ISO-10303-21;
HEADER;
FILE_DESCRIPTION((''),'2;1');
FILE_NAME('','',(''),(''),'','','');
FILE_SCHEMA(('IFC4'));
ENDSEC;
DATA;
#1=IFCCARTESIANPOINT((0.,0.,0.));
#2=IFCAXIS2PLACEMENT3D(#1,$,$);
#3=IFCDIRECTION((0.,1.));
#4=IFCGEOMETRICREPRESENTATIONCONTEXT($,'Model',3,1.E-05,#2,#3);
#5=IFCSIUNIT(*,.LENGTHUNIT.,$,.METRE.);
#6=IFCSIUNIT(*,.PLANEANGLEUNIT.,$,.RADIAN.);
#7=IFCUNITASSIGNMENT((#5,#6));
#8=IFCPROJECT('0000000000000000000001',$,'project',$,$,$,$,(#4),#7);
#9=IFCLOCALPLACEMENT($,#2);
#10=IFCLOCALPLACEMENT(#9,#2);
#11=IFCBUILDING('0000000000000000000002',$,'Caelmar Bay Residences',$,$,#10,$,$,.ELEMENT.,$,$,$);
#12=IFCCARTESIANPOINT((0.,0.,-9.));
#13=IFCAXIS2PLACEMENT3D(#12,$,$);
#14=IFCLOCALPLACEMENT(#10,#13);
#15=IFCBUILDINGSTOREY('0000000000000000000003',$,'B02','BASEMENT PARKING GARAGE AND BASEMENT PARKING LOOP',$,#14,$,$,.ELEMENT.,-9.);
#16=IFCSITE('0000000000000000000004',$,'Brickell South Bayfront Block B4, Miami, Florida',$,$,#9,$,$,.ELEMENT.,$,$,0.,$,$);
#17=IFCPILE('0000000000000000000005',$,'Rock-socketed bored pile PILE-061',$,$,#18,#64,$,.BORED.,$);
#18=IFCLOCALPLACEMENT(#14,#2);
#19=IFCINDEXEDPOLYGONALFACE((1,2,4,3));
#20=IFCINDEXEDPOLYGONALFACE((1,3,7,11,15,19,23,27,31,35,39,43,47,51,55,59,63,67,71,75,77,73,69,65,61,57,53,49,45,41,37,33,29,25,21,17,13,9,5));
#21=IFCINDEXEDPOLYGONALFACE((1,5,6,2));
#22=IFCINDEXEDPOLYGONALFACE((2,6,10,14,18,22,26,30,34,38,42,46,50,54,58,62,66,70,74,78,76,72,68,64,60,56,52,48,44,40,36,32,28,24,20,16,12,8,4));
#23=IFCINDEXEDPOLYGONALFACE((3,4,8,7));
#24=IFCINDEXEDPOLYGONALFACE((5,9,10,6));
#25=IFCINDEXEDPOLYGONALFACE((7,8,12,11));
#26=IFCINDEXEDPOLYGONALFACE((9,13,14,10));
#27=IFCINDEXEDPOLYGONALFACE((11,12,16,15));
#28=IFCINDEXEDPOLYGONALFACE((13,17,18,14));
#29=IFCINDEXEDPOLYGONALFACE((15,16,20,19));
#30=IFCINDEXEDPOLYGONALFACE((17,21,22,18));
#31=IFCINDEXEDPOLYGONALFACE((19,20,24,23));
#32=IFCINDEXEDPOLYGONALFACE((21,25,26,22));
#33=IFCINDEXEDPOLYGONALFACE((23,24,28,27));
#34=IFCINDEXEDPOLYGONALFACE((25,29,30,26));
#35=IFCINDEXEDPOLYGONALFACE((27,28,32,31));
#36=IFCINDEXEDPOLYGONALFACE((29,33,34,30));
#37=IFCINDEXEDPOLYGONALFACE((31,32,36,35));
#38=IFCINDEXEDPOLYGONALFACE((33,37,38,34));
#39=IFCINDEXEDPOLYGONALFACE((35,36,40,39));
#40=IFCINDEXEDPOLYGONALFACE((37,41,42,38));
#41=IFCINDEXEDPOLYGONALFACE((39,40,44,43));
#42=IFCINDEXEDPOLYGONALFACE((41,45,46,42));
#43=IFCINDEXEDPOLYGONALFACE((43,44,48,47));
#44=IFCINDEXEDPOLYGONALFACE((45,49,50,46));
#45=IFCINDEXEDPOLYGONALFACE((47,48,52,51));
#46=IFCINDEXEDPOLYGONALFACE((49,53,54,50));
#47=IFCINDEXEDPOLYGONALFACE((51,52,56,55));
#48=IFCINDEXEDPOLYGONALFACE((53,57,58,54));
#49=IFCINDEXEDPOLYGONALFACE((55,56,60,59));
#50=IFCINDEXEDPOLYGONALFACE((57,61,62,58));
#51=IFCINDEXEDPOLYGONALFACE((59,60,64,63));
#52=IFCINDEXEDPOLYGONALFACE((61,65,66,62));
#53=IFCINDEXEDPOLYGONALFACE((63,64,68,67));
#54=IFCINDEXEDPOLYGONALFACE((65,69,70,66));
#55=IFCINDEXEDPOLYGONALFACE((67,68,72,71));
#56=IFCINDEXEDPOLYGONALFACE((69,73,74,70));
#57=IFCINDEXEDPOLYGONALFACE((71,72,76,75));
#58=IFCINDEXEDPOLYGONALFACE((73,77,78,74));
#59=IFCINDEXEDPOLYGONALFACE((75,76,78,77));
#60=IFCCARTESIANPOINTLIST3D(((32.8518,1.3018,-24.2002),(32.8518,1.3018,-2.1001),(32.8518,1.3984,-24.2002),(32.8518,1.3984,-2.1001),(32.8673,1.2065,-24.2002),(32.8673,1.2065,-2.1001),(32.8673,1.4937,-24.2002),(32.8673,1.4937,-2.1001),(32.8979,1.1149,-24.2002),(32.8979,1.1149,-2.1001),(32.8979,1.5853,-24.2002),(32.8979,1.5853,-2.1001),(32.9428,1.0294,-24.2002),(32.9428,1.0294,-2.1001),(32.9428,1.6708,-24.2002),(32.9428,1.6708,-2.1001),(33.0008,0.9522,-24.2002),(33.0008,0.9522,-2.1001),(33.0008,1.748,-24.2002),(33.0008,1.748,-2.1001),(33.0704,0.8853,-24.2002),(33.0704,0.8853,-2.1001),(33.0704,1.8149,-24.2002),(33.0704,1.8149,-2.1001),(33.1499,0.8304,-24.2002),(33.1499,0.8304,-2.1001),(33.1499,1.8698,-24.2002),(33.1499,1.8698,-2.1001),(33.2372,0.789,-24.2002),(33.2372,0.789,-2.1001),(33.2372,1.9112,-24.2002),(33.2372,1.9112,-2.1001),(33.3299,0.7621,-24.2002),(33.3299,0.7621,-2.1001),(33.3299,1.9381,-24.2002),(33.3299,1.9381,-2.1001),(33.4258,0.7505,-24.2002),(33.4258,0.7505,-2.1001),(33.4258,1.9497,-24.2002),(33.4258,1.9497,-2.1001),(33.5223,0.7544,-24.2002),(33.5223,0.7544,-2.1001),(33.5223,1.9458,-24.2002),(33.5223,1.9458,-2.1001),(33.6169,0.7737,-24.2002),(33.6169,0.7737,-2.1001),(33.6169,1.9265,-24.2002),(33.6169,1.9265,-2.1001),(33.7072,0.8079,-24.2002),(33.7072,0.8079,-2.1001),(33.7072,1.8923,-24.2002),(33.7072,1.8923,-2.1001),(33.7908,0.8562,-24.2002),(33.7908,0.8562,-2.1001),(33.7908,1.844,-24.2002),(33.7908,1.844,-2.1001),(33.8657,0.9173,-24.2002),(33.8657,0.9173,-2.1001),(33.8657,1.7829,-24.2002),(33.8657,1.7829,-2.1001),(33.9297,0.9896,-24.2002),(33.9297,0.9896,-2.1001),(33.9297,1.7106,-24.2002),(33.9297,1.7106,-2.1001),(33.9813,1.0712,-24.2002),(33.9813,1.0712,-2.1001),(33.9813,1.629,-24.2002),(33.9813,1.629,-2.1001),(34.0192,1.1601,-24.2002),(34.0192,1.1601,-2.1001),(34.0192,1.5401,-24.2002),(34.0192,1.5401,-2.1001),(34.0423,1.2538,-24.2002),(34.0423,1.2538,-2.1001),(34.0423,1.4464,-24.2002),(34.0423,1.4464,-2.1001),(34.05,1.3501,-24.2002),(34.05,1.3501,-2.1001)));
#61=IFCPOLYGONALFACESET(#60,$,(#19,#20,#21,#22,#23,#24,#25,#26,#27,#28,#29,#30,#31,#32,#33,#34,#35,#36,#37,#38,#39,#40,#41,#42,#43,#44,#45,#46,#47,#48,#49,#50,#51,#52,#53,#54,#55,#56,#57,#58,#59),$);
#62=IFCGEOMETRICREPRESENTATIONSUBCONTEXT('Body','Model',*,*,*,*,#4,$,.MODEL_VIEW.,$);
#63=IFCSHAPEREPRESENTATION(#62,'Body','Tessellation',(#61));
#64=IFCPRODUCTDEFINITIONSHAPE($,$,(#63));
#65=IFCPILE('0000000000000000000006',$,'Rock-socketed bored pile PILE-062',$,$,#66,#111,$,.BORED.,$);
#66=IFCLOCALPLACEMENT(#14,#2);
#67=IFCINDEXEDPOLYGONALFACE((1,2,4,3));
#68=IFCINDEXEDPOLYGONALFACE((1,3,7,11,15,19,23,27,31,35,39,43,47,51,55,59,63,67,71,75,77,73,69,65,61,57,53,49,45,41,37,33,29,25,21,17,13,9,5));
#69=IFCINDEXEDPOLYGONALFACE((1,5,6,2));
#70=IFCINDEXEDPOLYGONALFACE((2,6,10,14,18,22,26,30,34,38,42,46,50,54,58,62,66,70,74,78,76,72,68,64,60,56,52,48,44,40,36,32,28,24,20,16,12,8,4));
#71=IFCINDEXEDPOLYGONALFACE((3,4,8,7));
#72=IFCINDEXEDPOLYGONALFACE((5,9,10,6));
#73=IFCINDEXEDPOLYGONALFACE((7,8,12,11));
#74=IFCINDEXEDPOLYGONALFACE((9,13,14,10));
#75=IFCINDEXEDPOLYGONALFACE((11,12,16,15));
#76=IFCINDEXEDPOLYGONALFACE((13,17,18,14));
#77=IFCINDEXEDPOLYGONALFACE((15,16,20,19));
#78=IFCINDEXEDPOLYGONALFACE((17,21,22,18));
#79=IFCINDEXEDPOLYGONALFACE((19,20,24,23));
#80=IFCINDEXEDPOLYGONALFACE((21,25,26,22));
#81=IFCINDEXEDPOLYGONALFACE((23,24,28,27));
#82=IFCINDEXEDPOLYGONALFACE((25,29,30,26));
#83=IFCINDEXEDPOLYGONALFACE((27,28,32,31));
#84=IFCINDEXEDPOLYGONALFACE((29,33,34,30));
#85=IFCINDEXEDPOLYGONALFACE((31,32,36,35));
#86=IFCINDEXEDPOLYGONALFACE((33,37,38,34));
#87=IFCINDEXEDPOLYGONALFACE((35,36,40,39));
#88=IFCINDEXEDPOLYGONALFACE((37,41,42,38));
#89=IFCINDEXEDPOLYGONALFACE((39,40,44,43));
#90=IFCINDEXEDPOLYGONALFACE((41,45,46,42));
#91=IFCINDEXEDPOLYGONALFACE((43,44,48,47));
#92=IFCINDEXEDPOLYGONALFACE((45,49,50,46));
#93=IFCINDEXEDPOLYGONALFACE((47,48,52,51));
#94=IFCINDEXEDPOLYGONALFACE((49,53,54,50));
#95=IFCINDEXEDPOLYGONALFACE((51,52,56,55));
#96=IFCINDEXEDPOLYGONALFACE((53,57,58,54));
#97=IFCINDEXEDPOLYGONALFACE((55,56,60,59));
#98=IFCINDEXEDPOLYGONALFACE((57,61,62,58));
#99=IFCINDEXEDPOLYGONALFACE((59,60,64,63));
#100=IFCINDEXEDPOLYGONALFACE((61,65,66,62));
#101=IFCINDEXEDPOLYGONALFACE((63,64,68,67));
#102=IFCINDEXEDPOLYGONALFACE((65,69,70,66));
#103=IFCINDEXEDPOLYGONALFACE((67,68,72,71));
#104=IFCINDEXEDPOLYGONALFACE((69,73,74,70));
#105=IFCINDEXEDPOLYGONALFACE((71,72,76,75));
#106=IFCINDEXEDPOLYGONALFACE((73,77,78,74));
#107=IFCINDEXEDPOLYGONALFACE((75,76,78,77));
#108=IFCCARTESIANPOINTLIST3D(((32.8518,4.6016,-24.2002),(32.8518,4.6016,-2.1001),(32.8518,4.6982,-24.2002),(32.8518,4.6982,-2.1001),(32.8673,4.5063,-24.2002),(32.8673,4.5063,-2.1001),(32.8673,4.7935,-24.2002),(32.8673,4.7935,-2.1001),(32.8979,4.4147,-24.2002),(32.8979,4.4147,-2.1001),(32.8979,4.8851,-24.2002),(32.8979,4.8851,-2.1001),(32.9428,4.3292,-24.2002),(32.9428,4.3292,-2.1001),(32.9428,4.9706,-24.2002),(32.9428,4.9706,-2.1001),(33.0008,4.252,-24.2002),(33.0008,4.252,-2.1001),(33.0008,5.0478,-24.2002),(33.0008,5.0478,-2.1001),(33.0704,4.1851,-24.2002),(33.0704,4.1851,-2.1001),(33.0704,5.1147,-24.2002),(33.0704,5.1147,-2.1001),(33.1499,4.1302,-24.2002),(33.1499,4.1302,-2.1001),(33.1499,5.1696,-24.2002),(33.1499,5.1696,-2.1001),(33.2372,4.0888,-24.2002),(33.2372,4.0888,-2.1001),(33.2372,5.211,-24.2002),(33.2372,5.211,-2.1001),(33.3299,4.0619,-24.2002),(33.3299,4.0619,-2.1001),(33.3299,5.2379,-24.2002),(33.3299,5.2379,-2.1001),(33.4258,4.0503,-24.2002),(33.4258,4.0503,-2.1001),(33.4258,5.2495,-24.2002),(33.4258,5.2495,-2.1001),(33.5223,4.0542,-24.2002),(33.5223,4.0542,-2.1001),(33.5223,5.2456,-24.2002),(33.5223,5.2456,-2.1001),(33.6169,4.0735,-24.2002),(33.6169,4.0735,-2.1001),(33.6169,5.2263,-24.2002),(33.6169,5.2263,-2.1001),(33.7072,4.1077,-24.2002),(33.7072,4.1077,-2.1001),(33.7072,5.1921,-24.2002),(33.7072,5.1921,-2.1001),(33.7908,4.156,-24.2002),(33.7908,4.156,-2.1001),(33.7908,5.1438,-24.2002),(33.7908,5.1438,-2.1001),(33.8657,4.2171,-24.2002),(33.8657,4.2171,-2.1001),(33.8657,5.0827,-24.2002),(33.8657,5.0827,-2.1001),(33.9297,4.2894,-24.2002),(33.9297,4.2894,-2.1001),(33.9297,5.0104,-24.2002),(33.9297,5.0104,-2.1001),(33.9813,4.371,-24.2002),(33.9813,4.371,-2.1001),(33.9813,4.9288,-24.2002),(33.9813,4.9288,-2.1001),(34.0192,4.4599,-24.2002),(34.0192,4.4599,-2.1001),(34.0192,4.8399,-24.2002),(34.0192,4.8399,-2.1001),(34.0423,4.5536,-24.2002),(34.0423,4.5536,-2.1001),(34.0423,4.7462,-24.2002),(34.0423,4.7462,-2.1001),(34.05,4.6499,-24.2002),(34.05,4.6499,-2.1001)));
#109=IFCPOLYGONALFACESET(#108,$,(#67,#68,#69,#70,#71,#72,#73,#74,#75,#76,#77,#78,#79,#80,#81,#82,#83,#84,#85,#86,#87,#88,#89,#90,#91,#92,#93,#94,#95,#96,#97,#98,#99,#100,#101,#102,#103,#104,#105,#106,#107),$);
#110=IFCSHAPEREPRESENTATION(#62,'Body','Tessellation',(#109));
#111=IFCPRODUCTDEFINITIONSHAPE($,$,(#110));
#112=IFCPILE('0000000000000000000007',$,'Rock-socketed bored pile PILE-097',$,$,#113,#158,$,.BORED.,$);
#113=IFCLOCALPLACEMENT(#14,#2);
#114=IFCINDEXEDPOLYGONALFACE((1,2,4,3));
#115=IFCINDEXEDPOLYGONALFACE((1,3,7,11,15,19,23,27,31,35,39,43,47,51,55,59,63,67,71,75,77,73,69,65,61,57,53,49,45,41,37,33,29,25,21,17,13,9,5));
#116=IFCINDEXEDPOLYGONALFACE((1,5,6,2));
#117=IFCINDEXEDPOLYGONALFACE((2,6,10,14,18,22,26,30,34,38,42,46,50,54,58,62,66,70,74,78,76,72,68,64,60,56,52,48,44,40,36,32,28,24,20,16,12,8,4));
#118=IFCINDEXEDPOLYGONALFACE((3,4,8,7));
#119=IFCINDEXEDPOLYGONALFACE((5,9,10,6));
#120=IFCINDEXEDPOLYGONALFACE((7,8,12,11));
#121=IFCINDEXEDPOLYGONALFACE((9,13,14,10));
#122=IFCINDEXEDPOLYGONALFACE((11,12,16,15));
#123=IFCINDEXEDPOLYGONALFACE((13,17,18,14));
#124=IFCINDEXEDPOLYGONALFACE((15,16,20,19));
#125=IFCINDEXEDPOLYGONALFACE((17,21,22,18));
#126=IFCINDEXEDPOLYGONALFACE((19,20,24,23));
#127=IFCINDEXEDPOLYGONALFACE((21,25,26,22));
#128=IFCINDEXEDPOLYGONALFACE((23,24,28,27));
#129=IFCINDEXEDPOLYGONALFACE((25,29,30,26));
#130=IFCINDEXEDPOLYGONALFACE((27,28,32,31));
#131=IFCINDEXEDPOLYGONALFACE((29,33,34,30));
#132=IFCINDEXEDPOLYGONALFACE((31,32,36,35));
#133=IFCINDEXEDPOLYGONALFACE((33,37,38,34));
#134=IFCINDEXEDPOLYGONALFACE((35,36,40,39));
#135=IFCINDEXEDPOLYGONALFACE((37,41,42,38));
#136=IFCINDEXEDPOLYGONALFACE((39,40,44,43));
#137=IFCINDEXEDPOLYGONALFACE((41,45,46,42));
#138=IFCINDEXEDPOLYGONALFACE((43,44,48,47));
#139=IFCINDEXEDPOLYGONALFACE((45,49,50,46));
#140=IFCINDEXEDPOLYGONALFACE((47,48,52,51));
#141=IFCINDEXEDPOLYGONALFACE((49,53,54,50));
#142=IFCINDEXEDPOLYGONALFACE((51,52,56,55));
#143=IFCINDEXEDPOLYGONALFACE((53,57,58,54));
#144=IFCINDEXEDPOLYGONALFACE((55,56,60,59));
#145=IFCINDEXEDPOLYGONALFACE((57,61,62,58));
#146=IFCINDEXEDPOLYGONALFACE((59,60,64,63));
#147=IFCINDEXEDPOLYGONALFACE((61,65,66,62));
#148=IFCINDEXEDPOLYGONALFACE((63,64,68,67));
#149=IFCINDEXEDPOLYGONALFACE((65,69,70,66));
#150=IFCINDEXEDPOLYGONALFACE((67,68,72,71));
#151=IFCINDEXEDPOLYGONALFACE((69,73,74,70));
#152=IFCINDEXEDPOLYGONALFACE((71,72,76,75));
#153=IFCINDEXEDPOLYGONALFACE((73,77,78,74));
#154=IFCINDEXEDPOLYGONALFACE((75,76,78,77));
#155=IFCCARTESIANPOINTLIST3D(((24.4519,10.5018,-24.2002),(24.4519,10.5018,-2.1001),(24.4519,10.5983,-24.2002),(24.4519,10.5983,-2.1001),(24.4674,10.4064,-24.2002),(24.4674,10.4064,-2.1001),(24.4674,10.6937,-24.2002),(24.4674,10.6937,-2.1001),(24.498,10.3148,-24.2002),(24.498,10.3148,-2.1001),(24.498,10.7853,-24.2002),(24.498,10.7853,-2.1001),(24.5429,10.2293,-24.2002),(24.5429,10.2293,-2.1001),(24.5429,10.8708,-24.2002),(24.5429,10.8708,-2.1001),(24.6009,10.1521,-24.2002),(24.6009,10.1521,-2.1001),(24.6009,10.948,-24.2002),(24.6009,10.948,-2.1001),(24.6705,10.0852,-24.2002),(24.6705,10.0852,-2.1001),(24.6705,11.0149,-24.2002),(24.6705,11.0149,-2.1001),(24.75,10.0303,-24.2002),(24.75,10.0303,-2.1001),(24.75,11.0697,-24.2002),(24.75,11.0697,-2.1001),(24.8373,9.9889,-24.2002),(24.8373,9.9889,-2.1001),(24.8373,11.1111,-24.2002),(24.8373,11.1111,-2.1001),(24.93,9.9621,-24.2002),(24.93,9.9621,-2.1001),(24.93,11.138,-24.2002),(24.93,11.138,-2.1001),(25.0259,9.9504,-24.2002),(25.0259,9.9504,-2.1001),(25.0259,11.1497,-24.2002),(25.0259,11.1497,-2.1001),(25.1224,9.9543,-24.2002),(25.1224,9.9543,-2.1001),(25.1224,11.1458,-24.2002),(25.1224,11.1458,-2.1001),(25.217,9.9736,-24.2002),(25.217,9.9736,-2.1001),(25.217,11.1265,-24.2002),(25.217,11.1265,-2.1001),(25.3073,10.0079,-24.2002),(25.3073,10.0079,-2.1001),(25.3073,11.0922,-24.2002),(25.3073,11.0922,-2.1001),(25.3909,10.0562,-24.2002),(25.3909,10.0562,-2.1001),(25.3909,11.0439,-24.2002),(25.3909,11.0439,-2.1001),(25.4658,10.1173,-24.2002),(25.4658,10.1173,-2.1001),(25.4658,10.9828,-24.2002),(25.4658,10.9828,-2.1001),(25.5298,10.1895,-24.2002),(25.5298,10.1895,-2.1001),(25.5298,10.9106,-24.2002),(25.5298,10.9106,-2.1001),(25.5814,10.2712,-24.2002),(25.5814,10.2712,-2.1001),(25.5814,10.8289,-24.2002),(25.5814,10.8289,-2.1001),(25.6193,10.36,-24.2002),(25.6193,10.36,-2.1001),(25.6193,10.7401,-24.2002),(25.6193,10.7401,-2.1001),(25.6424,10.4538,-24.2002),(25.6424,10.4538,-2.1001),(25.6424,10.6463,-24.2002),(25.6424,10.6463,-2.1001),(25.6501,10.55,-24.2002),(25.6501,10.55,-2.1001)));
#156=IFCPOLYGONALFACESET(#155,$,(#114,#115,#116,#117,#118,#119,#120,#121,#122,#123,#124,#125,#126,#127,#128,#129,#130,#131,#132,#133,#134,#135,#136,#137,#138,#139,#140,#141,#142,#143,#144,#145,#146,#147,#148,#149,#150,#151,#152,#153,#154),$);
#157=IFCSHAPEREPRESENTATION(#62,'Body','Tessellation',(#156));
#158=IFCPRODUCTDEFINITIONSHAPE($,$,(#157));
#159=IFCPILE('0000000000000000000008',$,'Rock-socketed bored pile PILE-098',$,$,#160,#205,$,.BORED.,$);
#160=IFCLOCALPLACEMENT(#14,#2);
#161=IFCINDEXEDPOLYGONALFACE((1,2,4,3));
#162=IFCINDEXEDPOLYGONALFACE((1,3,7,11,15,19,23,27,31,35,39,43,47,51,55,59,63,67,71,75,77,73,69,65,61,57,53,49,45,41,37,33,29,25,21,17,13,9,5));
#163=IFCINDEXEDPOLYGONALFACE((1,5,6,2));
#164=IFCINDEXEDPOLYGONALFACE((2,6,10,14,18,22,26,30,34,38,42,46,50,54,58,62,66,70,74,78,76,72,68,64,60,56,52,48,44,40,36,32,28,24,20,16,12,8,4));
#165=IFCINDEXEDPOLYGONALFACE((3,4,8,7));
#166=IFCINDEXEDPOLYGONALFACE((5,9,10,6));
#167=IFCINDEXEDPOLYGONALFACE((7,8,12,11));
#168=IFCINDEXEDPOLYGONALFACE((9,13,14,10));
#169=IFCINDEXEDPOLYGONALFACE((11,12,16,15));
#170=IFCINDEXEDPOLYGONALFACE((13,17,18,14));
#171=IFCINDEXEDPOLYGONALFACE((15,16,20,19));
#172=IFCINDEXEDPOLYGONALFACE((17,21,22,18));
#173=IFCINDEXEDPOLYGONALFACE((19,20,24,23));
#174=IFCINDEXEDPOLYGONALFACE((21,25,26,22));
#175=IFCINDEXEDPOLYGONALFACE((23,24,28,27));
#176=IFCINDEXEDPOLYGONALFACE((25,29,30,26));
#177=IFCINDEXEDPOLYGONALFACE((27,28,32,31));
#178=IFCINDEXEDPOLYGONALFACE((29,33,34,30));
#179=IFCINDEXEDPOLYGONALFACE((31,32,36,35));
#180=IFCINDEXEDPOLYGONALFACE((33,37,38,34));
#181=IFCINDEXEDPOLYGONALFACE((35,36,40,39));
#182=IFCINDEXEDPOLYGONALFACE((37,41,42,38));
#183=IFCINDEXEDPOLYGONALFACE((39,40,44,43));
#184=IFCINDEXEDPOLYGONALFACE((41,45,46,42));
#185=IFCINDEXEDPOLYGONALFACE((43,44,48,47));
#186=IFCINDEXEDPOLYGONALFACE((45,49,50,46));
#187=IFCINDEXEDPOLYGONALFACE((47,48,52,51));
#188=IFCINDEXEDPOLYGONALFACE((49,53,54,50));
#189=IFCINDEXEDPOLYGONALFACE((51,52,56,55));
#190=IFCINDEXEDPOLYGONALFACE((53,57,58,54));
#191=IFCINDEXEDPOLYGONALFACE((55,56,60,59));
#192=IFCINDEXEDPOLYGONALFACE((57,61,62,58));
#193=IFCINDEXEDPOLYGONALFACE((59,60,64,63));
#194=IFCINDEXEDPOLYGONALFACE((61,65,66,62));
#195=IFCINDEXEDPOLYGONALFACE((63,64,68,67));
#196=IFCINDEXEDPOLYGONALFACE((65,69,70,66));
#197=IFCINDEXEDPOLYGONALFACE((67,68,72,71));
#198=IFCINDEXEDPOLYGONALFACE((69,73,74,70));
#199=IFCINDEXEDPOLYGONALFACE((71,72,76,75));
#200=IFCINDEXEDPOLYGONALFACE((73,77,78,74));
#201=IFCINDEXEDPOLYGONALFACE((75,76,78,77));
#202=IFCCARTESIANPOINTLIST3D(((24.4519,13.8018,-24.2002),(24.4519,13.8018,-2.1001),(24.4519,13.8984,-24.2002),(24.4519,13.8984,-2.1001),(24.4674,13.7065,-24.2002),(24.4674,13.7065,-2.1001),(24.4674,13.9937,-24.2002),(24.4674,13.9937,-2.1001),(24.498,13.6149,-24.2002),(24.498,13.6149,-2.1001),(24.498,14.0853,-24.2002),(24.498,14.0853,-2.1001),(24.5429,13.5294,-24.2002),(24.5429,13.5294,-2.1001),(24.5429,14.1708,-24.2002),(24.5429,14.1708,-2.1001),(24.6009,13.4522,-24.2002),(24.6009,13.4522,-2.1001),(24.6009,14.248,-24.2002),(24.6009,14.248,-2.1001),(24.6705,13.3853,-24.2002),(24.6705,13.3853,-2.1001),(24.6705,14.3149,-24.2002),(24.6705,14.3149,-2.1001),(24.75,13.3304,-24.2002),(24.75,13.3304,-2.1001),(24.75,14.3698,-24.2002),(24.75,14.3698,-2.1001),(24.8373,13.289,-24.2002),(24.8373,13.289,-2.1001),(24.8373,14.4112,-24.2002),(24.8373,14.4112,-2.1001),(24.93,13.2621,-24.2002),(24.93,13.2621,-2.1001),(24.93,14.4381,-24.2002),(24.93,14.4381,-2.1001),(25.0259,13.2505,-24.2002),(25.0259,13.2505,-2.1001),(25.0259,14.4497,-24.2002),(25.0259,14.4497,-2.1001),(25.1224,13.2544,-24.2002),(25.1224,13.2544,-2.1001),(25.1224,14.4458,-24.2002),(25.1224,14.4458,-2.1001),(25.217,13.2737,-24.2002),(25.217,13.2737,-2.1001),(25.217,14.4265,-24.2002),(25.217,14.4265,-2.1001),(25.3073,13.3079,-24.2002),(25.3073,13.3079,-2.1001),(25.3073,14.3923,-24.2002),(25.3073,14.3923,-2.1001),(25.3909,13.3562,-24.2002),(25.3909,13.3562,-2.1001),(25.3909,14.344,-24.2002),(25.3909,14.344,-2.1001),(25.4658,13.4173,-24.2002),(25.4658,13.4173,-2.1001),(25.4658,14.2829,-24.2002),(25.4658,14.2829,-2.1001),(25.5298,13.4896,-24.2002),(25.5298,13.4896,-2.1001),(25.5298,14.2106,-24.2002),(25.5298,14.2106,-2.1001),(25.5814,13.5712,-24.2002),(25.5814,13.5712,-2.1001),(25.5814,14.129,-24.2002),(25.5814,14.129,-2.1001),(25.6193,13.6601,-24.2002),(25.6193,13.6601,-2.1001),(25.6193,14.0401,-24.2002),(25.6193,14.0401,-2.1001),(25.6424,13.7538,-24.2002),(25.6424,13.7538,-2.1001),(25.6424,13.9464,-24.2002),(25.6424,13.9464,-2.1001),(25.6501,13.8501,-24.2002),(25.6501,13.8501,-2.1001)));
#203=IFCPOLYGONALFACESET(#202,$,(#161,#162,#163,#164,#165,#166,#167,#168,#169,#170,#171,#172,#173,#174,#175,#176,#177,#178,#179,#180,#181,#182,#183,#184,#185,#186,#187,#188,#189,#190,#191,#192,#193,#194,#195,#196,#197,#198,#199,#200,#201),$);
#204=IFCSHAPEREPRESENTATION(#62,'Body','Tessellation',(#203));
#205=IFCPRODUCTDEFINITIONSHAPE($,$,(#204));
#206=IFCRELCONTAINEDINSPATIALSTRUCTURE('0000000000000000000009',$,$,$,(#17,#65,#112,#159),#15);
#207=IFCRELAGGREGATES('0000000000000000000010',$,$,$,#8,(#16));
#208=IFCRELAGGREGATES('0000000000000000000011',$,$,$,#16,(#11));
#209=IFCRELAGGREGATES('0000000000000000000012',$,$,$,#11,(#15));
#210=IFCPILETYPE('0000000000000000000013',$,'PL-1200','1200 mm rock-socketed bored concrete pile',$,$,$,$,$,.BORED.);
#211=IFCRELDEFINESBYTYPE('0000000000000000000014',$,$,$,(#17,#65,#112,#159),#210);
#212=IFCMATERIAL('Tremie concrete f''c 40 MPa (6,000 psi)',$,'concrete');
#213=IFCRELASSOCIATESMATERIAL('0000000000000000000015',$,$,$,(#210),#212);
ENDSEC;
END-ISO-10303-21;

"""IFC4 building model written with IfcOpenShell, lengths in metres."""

from ifc_helpers import new_model, si_unit, direction, frame, origin, origin_2d, place, context, subcontext, project, spatial, circle, extrude, material, material_profile, profile_set, type_object, element, save


model = new_model("IFC4")

# Units and contexts
model_context = context("Model", 3, precision=1e-05, world=origin(), true_north=direction((0.0, 1.0)))
body_context = subcontext(model_context, "Body", "Model", "MODEL_VIEW")
ifc_project = project(units=[si_unit("LENGTHUNIT", "METRE"), si_unit("PLANEANGLEUNIT", "RADIAN")], contexts=[model_context])

# Site, building, storey
site_placement = place(None, origin())
site = spatial("IfcSite", under=ifc_project, at=site_placement, Name="Brickell South Bayfront Block B4, Miami, Florida", CompositionType="ELEMENT", RefElevation=0.0)
building_placement = place(site_placement, origin())
building = spatial("IfcBuilding", under=site, at=building_placement, Name="Caelmar Bay Residences", CompositionType="ELEMENT")
storey_placement = place(building_placement, frame((0.0, 0.0, -9.0)))
storey = spatial("IfcBuildingStorey", under=building, at=storey_placement, Name="B02", Description="BASEMENT PARKING GARAGE AND BASEMENT PARKING LOOP", CompositionType="ELEMENT", Elevation=-9.0)

# Piles
ifc_material_1 = material(Name="Tremie concrete f'c 40 MPa (6,000 psi)", Category="concrete")
ifc_material_profile_1 = material_profile(ifc_material_1, circle(Radius=0.6001, at=origin_2d()), Name="PILE-1200D")
ifc_profile_set_1 = profile_set([ifc_material_profile_1], Name="Tremie concrete f'c 40 MPa (6,000 psi)")
pile_type = type_object("IfcPileType", Name="PL-1200", Description="1200 mm rock-socketed bored concrete pile", PredefinedType="BORED", material=ifc_profile_set_1)
for number, where, z_axis, x_axis, name in (
    (1, (33.45, 1.3501, -2.1001), (0.0, 0.0, -1.0), (1.0, 0.0, 0.0), "Rock-socketed bored pile PILE-061"),
    (2, (33.45, 4.6499, -2.1001), (0.0, 0.0, -1.0), (1.0, 0.0, 0.0), "Rock-socketed bored pile PILE-062"),
    (3, (25.05, 10.55, -2.1001), (0.0, 0.0, -1.0), (1.0, 0.0, 0.0), "Rock-socketed bored pile PILE-097"),
    (4, (25.05, 13.8501, -2.1001), (0.0, 0.0, -1.0), (1.0, 0.0, 0.0), "Rock-socketed bored pile PILE-098"),
):
    element("IfcPile", number, at=place(storey_placement, frame(where, z_axis=z_axis, x_axis=x_axis)), inside=storey, type_object=pile_type, Name=name, PredefinedType="BORED", context=body_context, shape_type="SweptSolid", body=[
        extrude(circle(Radius=0.6001, at=origin_2d()), origin(), (0.0, 0.0, 1.0), 22.1001),
    ])

save(model, "model.ifc")
